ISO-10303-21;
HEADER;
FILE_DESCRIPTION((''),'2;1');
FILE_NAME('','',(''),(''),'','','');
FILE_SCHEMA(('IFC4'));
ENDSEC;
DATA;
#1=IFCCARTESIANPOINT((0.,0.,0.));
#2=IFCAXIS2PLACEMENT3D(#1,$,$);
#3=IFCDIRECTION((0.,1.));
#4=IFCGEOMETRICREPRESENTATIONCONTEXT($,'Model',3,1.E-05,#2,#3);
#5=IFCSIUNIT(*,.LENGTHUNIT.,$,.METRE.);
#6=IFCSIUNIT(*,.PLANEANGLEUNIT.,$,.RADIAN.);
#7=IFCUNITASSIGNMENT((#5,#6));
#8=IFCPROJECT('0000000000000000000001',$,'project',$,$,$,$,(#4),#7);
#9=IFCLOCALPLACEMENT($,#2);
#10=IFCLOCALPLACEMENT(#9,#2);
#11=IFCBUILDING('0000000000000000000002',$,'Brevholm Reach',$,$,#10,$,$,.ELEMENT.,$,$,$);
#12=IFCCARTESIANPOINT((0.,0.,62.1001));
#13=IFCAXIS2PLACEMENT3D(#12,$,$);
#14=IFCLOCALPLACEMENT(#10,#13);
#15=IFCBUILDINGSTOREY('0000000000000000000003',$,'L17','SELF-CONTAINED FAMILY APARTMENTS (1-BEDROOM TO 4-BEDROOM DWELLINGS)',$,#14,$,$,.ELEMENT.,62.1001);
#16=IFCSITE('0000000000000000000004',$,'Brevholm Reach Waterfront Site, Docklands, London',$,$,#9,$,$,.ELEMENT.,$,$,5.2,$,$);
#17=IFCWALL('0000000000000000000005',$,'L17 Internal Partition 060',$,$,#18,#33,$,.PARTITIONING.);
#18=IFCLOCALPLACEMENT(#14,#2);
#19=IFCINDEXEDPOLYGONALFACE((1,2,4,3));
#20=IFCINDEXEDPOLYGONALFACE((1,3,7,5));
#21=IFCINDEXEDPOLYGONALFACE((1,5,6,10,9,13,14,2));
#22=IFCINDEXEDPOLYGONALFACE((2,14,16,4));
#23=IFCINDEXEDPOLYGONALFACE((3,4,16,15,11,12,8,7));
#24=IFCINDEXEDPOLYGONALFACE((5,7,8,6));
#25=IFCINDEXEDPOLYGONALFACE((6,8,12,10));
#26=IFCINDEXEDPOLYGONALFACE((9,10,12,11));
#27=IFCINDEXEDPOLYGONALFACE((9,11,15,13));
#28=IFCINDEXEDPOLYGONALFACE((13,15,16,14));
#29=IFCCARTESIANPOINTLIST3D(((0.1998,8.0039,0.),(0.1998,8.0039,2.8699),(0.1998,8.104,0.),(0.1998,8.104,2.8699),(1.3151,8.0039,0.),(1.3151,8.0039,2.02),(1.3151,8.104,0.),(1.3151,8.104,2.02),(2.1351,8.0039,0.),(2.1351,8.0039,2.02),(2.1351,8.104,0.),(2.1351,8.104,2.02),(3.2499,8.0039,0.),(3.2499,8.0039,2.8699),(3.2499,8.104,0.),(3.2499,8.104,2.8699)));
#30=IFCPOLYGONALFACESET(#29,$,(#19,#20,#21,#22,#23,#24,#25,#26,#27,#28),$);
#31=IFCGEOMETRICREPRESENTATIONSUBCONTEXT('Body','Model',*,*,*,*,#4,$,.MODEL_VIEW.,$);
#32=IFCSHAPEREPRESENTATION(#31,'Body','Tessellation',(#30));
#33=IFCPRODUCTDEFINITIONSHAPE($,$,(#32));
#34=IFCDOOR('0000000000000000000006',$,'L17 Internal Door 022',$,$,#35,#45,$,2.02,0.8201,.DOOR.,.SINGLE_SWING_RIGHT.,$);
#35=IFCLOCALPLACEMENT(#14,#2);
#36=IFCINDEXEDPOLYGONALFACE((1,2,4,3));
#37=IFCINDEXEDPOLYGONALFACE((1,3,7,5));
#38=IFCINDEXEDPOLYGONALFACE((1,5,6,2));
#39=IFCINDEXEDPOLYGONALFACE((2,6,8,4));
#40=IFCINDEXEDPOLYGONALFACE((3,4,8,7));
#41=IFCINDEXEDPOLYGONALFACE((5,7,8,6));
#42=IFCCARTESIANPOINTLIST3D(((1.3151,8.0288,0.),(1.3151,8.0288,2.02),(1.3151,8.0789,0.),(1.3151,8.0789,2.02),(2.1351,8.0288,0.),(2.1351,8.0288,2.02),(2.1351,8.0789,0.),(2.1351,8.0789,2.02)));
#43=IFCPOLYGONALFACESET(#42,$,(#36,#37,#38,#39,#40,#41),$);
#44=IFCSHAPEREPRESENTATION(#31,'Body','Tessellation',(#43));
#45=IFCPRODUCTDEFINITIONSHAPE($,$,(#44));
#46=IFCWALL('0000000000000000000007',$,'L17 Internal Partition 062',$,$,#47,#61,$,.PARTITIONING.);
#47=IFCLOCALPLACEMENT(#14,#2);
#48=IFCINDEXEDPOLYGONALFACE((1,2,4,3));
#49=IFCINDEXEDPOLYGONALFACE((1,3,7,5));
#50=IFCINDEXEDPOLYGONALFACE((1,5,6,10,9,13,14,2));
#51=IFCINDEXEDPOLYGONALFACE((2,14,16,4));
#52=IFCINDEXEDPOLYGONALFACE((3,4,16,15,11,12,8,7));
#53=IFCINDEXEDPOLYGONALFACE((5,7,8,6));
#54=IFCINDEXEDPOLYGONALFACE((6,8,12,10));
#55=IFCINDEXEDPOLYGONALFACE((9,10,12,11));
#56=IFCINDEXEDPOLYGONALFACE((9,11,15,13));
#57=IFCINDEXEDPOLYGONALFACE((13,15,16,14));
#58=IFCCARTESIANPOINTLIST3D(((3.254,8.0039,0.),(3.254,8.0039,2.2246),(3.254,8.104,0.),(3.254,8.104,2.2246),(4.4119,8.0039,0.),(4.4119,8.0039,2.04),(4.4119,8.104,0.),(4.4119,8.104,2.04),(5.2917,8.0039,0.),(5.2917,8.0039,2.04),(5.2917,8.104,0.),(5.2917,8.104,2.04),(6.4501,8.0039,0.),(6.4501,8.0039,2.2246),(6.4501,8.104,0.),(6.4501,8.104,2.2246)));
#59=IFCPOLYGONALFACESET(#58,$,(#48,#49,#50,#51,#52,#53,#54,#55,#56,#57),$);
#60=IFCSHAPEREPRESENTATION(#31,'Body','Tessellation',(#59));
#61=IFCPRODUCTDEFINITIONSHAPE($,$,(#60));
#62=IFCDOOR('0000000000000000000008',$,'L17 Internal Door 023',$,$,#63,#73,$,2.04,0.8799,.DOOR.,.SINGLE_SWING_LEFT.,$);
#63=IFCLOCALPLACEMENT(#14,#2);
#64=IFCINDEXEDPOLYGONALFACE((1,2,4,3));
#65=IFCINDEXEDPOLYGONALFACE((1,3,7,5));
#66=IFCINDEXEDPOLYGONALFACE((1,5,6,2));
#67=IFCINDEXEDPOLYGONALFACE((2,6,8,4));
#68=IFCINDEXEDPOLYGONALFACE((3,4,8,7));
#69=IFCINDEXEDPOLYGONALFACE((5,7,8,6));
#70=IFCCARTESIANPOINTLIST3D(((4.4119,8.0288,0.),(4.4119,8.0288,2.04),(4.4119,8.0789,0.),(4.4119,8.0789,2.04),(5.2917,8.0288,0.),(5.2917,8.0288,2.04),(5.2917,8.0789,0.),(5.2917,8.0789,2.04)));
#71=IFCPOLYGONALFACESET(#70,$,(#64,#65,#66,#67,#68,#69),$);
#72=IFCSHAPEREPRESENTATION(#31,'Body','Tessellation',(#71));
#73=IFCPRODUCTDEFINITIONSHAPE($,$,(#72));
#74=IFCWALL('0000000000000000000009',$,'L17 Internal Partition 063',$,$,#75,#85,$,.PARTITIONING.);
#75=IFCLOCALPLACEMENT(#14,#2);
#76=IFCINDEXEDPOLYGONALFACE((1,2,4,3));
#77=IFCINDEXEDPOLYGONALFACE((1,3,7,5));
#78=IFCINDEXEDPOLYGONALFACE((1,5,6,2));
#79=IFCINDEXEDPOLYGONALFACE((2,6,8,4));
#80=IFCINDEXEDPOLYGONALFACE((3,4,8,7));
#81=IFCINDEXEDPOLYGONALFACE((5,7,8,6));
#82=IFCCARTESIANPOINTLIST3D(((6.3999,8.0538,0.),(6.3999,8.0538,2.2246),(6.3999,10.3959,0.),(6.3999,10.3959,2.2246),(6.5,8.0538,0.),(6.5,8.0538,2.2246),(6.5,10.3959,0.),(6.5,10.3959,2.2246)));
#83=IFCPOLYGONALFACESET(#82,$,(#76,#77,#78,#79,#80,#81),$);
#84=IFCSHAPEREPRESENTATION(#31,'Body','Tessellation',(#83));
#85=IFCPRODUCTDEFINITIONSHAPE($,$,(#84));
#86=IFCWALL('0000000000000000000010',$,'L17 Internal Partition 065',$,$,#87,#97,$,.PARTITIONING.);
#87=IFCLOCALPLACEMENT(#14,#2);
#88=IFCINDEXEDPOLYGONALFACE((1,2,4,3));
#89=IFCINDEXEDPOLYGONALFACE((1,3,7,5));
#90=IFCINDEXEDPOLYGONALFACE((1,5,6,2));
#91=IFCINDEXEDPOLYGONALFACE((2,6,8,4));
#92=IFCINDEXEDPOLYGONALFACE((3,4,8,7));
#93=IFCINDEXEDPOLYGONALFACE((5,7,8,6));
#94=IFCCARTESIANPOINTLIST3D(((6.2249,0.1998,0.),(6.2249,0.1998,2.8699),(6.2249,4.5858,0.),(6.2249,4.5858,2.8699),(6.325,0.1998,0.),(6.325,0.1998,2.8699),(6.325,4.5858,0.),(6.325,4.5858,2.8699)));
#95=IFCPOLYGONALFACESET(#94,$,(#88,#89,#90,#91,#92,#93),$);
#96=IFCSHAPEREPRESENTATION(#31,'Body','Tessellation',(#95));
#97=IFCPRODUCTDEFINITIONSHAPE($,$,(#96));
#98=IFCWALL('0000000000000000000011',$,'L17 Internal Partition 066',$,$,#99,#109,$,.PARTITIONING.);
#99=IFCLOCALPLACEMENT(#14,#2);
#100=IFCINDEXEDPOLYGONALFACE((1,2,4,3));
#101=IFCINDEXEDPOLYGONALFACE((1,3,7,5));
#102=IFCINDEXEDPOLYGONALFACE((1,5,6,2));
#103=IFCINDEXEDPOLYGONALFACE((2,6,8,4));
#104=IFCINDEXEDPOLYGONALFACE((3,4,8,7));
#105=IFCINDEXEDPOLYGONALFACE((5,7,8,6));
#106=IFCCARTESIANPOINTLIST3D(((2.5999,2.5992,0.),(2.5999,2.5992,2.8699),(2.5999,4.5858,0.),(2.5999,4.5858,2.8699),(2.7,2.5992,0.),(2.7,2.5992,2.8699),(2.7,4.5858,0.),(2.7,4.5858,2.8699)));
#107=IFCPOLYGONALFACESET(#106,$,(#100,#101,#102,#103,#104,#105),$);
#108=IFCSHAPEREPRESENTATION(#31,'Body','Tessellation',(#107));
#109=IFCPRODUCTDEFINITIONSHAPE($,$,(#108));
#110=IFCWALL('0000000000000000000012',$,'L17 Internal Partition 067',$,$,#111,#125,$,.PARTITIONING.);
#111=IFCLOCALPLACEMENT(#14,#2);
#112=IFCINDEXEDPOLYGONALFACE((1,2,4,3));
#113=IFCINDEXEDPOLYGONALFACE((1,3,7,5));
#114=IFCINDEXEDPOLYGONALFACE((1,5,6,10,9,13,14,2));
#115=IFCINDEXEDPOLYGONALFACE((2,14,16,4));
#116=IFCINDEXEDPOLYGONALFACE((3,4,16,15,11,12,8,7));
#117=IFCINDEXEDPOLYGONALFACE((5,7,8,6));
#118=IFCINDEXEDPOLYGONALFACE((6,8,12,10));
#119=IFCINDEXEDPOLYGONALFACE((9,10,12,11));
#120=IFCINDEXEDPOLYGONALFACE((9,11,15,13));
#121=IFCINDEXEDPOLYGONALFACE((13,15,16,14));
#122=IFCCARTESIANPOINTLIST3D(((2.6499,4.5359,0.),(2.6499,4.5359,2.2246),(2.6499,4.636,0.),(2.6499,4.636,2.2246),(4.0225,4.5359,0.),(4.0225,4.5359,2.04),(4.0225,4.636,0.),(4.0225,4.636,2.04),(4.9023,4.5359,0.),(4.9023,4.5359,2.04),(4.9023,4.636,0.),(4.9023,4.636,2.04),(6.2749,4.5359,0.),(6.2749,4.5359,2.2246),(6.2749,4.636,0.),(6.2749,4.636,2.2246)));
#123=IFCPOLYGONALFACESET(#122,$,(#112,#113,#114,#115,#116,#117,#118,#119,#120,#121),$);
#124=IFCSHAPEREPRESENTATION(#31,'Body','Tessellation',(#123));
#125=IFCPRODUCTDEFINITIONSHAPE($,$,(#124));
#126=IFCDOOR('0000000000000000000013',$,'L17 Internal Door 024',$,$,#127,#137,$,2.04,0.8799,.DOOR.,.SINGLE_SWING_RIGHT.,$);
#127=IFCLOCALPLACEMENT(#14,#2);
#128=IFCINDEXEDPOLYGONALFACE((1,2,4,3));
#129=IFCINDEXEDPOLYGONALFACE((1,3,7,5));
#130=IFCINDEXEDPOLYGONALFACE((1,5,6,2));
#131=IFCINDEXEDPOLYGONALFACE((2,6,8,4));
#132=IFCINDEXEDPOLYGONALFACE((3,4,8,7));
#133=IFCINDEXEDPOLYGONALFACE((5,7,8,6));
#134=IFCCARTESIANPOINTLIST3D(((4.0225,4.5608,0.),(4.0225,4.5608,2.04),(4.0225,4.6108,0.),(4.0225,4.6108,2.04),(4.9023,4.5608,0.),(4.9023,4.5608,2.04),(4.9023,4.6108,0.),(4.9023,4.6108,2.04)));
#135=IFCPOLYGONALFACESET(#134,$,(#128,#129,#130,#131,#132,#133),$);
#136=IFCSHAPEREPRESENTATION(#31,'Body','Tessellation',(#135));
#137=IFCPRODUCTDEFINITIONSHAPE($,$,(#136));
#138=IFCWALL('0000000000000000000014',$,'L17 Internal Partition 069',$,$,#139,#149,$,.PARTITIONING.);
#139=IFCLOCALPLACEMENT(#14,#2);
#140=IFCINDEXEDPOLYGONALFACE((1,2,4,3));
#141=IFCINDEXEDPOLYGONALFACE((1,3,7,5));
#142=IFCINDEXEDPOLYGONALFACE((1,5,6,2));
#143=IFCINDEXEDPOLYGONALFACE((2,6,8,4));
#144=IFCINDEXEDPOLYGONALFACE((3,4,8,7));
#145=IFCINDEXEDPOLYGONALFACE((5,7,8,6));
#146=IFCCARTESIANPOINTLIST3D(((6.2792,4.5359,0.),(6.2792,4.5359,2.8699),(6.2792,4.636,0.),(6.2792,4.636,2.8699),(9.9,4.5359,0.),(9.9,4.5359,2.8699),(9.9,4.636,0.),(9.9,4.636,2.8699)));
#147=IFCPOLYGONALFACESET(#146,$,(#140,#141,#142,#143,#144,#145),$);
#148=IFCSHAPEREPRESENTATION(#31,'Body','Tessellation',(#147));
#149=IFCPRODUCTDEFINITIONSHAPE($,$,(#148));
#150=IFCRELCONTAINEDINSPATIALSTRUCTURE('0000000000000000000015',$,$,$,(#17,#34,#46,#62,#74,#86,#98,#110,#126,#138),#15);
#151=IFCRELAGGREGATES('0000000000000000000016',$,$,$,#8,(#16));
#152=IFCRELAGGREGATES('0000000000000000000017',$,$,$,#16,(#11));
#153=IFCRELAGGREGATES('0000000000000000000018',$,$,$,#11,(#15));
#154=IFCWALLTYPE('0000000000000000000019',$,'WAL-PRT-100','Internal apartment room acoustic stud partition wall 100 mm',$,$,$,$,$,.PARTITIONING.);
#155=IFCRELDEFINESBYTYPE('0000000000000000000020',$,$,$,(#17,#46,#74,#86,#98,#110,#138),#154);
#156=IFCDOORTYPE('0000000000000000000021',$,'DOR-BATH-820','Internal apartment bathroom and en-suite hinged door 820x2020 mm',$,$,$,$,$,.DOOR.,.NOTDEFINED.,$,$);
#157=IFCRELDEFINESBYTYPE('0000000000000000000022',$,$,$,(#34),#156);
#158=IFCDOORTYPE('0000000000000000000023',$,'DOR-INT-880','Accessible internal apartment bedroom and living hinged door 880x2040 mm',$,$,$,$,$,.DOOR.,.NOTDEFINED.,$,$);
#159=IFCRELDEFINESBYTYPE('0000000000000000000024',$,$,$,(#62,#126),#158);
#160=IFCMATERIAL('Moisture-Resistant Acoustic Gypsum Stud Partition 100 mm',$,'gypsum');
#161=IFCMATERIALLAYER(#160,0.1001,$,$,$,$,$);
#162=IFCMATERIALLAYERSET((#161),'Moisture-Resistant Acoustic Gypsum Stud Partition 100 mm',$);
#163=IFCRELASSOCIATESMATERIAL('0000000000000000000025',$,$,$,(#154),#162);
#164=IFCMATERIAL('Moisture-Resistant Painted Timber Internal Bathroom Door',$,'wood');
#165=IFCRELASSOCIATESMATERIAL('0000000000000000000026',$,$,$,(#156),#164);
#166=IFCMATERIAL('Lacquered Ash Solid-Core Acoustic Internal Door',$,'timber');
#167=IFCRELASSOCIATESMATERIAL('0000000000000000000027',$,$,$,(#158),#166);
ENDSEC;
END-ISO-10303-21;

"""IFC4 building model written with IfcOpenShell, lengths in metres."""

from ifc_helpers import new_model, si_unit, direction, frame, frame_2d, origin, place, context, subcontext, project, spatial, rectangle, extrude, material, layer, layer_set, type_object, element, fill, save


model = new_model("IFC4")

# Units and contexts
model_context = context("Model", 3, precision=1e-05, world=origin(), true_north=direction((0.0, 1.0)))
body_context = subcontext(model_context, "Body", "Model", "MODEL_VIEW")
ifc_project = project(units=[si_unit("LENGTHUNIT", "METRE"), si_unit("PLANEANGLEUNIT", "RADIAN")], contexts=[model_context])

# Site, building, storey
site_placement = place(None, origin())
site = spatial("IfcSite", under=ifc_project, at=site_placement, Name="Brevholm Reach Waterfront Site, Docklands, London", CompositionType="ELEMENT", RefElevation=5.2)
building_placement = place(site_placement, origin())
building = spatial("IfcBuilding", under=site, at=building_placement, Name="Brevholm Reach", CompositionType="ELEMENT")
storey_placement = place(building_placement, frame((0.0, 0.0, 62.1001)))
storey = spatial("IfcBuildingStorey", under=building, at=storey_placement, Name="L17", Description="SELF-CONTAINED FAMILY APARTMENTS (1-BEDROOM TO 4-BEDROOM DWELLINGS)", CompositionType="ELEMENT", Elevation=62.1001)

# Shared definitions
ifc_material_1 = material(Name="Moisture-Resistant Acoustic Gypsum Stud Partition 100 mm", Category="gypsum")
ifc_layer_1 = layer(ifc_material_1, 0.1001)
ifc_layer_set_1 = layer_set([ifc_layer_1], Name="Moisture-Resistant Acoustic Gypsum Stud Partition 100 mm")
wall_type_1 = type_object("IfcWallType", Name="WAL-PRT-100", Description="Internal apartment room acoustic stud partition wall 100 mm", PredefinedType="PARTITIONING", material=ifc_layer_set_1)

# Walls, openings, doors
wall_1_placement = place(storey_placement, frame((0.2, 8.054, 0.0), z_axis=(0.0, 0.0, 1.0), x_axis=(1.0, 0.0, 0.0)))
wall_1 = element("IfcWall", 1, at=wall_1_placement, inside=storey, type_object=wall_type_1, Name="L17 Internal Partition 060", PredefinedType="PARTITIONING", context=body_context, shape_type="SweptSolid", body=[
    extrude(rectangle(XDim=3.05, YDim=0.1001, at=frame_2d((1.5249, 0.0))), origin(), (0.0, 0.0, 1.0), 2.8699),
])
opening_1_placement = place(wall_1_placement, frame((1.115, 0.0, 0.0)))
opening_1 = element("IfcOpeningElement", 2, at=opening_1_placement, cuts=wall_1, PredefinedType="OPENING", context=body_context, shape_type="SweptSolid", body=[
    extrude(rectangle(XDim=0.8201, YDim=2.02, at=frame_2d((0.4102, 1.01))), frame((0.0, 0.0601, 0.0), z_axis=(0.0, -1.0, 0.0), x_axis=(1.0, 0.0, 0.0)), (0.0, 0.0, 1.0), 0.1201),
])
ifc_material_2 = material(Name="Moisture-Resistant Painted Timber Internal Bathroom Door", Category="wood")
door_type_1 = type_object("IfcDoorType", Name="DOR-BATH-820", Description="Internal apartment bathroom and en-suite hinged door 820x2020 mm", OperationType="NOTDEFINED", PredefinedType="DOOR", material=ifc_material_2)
door_1_placement = place(opening_1_placement, origin())
door_1 = element("IfcDoor", 3, at=door_1_placement, inside=storey, type_object=door_type_1, Name="L17 Internal Door 022", OperationType="SINGLE_SWING_RIGHT", OverallHeight=2.02, OverallWidth=0.8201, PredefinedType="DOOR", context=body_context, shape_type="SweptSolid", body=[
    extrude(rectangle(XDim=0.8201, YDim=2.02, at=frame_2d((0.4102, 1.01))), frame((0.0, 0.0249, 0.0), z_axis=(0.0, -1.0, 0.0), x_axis=(1.0, 0.0, 0.0)), (0.0, 0.0, 1.0), 0.05),
])
fill(opening_1, door_1)
wall_2_placement = place(storey_placement, frame((3.2539, 8.054, 0.0), z_axis=(0.0, 0.0, 1.0), x_axis=(1.0, 0.0, 0.0)))
wall_2 = element("IfcWall", 4, at=wall_2_placement, inside=storey, type_object=wall_type_1, Name="L17 Internal Partition 062", PredefinedType="PARTITIONING", context=body_context, shape_type="SweptSolid", body=[
    extrude(rectangle(XDim=3.196, YDim=0.1001, at=frame_2d((1.5981, 0.0))), origin(), (0.0, 0.0, 1.0), 2.2246),
])
opening_2_placement = place(wall_2_placement, frame((1.158, 0.0, 0.0)))
opening_2 = element("IfcOpeningElement", 5, at=opening_2_placement, cuts=wall_2, PredefinedType="OPENING", context=body_context, shape_type="SweptSolid", body=[
    extrude(rectangle(XDim=0.8799, YDim=2.04, at=frame_2d((0.4399, 1.02))), frame((0.0, 0.0601, 0.0), z_axis=(0.0, -1.0, 0.0), x_axis=(1.0, 0.0, 0.0)), (0.0, 0.0, 1.0), 0.1201),
])
ifc_material_3 = material(Name="Lacquered Ash Solid-Core Acoustic Internal Door", Category="timber")
door_type_2 = type_object("IfcDoorType", Name="DOR-INT-880", Description="Accessible internal apartment bedroom and living hinged door 880x2040 mm", OperationType="NOTDEFINED", PredefinedType="DOOR", material=ifc_material_3)
door_2_placement = place(opening_2_placement, origin())
door_2 = element("IfcDoor", 6, at=door_2_placement, inside=storey, type_object=door_type_2, Name="L17 Internal Door 023", OperationType="SINGLE_SWING_LEFT", OverallHeight=2.04, OverallWidth=0.8799, PredefinedType="DOOR", context=body_context, shape_type="SweptSolid", body=[
    extrude(rectangle(XDim=0.8799, YDim=2.04, at=frame_2d((0.4399, 1.02))), frame((0.0, 0.0249, 0.0), z_axis=(0.0, -1.0, 0.0), x_axis=(1.0, 0.0, 0.0)), (0.0, 0.0, 1.0), 0.05),
])
fill(opening_2, door_2)

# Walls
wall_3_placement = place(storey_placement, frame((6.45, 8.054, 0.0), z_axis=(0.0, 0.0, 1.0), x_axis=(0.0, 1.0, 0.0)))
element("IfcWall", 7, at=wall_3_placement, inside=storey, type_object=wall_type_1, Name="L17 Internal Partition 063", PredefinedType="PARTITIONING", context=body_context, shape_type="SweptSolid", body=[
    extrude(rectangle(XDim=2.342, YDim=0.1001, at=frame_2d((1.1709, 0.0))), origin(), (0.0, 0.0, 1.0), 2.2246),
])
wall_4_placement = place(storey_placement, frame((6.2749, 0.2, 0.0), z_axis=(0.0, 0.0, 1.0), x_axis=(0.0, 1.0, 0.0)))
element("IfcWall", 8, at=wall_4_placement, inside=storey, type_object=wall_type_1, Name="L17 Internal Partition 065", PredefinedType="PARTITIONING", context=body_context, shape_type="SweptSolid", body=[
    extrude(rectangle(XDim=4.386, YDim=0.1001, at=frame_2d((2.1929, 0.0))), origin(), (0.0, 0.0, 1.0), 2.8699),
])
wall_5_placement = place(storey_placement, frame((2.6499, 2.5994, 0.0), z_axis=(0.0, 0.0, 1.0), x_axis=(0.0, 1.0, 0.0)))
element("IfcWall", 9, at=wall_5_placement, inside=storey, type_object=wall_type_1, Name="L17 Internal Partition 066", PredefinedType="PARTITIONING", context=body_context, shape_type="SweptSolid", body=[
    extrude(rectangle(XDim=1.9866, YDim=0.1001, at=frame_2d((0.9932, 0.0))), origin(), (0.0, 0.0, 1.0), 2.8699),
])

# Wall, opening, door
wall_6_placement = place(storey_placement, frame((2.6499, 4.5859, 0.0), z_axis=(0.0, 0.0, 1.0), x_axis=(1.0, 0.0, 0.0)))
wall_6 = element("IfcWall", 10, at=wall_6_placement, inside=storey, type_object=wall_type_1, Name="L17 Internal Partition 067", PredefinedType="PARTITIONING", context=body_context, shape_type="SweptSolid", body=[
    extrude(rectangle(XDim=3.625, YDim=0.1001, at=frame_2d((1.8125, 0.0))), origin(), (0.0, 0.0, 1.0), 2.2246),
])
opening_3_placement = place(wall_6_placement, frame((1.3726, 0.0, 0.0)))
opening_3 = element("IfcOpeningElement", 11, at=opening_3_placement, cuts=wall_6, PredefinedType="OPENING", context=body_context, shape_type="SweptSolid", body=[
    extrude(rectangle(XDim=0.8799, YDim=2.04, at=frame_2d((0.4399, 1.02))), frame((0.0, 0.0601, 0.0), z_axis=(0.0, -1.0, 0.0), x_axis=(1.0, 0.0, 0.0)), (0.0, 0.0, 1.0), 0.1201),
])
door_3_placement = place(opening_3_placement, origin())
door_3 = element("IfcDoor", 12, at=door_3_placement, inside=storey, type_object=door_type_2, Name="L17 Internal Door 024", OperationType="SINGLE_SWING_RIGHT", OverallHeight=2.04, OverallWidth=0.8799, PredefinedType="DOOR", context=body_context, shape_type="SweptSolid", body=[
    extrude(rectangle(XDim=0.8799, YDim=2.04, at=frame_2d((0.4399, 1.02))), frame((0.0, 0.0249, 0.0), z_axis=(0.0, -1.0, 0.0), x_axis=(1.0, 0.0, 0.0)), (0.0, 0.0, 1.0), 0.05),
])
fill(opening_3, door_3)

# Wall
wall_7_placement = place(storey_placement, frame((6.2791, 4.5859, 0.0), z_axis=(0.0, 0.0, 1.0), x_axis=(1.0, 0.0, 0.0)))
element("IfcWall", 13, at=wall_7_placement, inside=storey, type_object=wall_type_1, Name="L17 Internal Partition 069", PredefinedType="PARTITIONING", context=body_context, shape_type="SweptSolid", body=[
    extrude(rectangle(XDim=3.6208, YDim=0.1001, at=frame_2d((1.8105, 0.0))), origin(), (0.0, 0.0, 1.0), 2.8699),
])

save(model, "model.ifc")
